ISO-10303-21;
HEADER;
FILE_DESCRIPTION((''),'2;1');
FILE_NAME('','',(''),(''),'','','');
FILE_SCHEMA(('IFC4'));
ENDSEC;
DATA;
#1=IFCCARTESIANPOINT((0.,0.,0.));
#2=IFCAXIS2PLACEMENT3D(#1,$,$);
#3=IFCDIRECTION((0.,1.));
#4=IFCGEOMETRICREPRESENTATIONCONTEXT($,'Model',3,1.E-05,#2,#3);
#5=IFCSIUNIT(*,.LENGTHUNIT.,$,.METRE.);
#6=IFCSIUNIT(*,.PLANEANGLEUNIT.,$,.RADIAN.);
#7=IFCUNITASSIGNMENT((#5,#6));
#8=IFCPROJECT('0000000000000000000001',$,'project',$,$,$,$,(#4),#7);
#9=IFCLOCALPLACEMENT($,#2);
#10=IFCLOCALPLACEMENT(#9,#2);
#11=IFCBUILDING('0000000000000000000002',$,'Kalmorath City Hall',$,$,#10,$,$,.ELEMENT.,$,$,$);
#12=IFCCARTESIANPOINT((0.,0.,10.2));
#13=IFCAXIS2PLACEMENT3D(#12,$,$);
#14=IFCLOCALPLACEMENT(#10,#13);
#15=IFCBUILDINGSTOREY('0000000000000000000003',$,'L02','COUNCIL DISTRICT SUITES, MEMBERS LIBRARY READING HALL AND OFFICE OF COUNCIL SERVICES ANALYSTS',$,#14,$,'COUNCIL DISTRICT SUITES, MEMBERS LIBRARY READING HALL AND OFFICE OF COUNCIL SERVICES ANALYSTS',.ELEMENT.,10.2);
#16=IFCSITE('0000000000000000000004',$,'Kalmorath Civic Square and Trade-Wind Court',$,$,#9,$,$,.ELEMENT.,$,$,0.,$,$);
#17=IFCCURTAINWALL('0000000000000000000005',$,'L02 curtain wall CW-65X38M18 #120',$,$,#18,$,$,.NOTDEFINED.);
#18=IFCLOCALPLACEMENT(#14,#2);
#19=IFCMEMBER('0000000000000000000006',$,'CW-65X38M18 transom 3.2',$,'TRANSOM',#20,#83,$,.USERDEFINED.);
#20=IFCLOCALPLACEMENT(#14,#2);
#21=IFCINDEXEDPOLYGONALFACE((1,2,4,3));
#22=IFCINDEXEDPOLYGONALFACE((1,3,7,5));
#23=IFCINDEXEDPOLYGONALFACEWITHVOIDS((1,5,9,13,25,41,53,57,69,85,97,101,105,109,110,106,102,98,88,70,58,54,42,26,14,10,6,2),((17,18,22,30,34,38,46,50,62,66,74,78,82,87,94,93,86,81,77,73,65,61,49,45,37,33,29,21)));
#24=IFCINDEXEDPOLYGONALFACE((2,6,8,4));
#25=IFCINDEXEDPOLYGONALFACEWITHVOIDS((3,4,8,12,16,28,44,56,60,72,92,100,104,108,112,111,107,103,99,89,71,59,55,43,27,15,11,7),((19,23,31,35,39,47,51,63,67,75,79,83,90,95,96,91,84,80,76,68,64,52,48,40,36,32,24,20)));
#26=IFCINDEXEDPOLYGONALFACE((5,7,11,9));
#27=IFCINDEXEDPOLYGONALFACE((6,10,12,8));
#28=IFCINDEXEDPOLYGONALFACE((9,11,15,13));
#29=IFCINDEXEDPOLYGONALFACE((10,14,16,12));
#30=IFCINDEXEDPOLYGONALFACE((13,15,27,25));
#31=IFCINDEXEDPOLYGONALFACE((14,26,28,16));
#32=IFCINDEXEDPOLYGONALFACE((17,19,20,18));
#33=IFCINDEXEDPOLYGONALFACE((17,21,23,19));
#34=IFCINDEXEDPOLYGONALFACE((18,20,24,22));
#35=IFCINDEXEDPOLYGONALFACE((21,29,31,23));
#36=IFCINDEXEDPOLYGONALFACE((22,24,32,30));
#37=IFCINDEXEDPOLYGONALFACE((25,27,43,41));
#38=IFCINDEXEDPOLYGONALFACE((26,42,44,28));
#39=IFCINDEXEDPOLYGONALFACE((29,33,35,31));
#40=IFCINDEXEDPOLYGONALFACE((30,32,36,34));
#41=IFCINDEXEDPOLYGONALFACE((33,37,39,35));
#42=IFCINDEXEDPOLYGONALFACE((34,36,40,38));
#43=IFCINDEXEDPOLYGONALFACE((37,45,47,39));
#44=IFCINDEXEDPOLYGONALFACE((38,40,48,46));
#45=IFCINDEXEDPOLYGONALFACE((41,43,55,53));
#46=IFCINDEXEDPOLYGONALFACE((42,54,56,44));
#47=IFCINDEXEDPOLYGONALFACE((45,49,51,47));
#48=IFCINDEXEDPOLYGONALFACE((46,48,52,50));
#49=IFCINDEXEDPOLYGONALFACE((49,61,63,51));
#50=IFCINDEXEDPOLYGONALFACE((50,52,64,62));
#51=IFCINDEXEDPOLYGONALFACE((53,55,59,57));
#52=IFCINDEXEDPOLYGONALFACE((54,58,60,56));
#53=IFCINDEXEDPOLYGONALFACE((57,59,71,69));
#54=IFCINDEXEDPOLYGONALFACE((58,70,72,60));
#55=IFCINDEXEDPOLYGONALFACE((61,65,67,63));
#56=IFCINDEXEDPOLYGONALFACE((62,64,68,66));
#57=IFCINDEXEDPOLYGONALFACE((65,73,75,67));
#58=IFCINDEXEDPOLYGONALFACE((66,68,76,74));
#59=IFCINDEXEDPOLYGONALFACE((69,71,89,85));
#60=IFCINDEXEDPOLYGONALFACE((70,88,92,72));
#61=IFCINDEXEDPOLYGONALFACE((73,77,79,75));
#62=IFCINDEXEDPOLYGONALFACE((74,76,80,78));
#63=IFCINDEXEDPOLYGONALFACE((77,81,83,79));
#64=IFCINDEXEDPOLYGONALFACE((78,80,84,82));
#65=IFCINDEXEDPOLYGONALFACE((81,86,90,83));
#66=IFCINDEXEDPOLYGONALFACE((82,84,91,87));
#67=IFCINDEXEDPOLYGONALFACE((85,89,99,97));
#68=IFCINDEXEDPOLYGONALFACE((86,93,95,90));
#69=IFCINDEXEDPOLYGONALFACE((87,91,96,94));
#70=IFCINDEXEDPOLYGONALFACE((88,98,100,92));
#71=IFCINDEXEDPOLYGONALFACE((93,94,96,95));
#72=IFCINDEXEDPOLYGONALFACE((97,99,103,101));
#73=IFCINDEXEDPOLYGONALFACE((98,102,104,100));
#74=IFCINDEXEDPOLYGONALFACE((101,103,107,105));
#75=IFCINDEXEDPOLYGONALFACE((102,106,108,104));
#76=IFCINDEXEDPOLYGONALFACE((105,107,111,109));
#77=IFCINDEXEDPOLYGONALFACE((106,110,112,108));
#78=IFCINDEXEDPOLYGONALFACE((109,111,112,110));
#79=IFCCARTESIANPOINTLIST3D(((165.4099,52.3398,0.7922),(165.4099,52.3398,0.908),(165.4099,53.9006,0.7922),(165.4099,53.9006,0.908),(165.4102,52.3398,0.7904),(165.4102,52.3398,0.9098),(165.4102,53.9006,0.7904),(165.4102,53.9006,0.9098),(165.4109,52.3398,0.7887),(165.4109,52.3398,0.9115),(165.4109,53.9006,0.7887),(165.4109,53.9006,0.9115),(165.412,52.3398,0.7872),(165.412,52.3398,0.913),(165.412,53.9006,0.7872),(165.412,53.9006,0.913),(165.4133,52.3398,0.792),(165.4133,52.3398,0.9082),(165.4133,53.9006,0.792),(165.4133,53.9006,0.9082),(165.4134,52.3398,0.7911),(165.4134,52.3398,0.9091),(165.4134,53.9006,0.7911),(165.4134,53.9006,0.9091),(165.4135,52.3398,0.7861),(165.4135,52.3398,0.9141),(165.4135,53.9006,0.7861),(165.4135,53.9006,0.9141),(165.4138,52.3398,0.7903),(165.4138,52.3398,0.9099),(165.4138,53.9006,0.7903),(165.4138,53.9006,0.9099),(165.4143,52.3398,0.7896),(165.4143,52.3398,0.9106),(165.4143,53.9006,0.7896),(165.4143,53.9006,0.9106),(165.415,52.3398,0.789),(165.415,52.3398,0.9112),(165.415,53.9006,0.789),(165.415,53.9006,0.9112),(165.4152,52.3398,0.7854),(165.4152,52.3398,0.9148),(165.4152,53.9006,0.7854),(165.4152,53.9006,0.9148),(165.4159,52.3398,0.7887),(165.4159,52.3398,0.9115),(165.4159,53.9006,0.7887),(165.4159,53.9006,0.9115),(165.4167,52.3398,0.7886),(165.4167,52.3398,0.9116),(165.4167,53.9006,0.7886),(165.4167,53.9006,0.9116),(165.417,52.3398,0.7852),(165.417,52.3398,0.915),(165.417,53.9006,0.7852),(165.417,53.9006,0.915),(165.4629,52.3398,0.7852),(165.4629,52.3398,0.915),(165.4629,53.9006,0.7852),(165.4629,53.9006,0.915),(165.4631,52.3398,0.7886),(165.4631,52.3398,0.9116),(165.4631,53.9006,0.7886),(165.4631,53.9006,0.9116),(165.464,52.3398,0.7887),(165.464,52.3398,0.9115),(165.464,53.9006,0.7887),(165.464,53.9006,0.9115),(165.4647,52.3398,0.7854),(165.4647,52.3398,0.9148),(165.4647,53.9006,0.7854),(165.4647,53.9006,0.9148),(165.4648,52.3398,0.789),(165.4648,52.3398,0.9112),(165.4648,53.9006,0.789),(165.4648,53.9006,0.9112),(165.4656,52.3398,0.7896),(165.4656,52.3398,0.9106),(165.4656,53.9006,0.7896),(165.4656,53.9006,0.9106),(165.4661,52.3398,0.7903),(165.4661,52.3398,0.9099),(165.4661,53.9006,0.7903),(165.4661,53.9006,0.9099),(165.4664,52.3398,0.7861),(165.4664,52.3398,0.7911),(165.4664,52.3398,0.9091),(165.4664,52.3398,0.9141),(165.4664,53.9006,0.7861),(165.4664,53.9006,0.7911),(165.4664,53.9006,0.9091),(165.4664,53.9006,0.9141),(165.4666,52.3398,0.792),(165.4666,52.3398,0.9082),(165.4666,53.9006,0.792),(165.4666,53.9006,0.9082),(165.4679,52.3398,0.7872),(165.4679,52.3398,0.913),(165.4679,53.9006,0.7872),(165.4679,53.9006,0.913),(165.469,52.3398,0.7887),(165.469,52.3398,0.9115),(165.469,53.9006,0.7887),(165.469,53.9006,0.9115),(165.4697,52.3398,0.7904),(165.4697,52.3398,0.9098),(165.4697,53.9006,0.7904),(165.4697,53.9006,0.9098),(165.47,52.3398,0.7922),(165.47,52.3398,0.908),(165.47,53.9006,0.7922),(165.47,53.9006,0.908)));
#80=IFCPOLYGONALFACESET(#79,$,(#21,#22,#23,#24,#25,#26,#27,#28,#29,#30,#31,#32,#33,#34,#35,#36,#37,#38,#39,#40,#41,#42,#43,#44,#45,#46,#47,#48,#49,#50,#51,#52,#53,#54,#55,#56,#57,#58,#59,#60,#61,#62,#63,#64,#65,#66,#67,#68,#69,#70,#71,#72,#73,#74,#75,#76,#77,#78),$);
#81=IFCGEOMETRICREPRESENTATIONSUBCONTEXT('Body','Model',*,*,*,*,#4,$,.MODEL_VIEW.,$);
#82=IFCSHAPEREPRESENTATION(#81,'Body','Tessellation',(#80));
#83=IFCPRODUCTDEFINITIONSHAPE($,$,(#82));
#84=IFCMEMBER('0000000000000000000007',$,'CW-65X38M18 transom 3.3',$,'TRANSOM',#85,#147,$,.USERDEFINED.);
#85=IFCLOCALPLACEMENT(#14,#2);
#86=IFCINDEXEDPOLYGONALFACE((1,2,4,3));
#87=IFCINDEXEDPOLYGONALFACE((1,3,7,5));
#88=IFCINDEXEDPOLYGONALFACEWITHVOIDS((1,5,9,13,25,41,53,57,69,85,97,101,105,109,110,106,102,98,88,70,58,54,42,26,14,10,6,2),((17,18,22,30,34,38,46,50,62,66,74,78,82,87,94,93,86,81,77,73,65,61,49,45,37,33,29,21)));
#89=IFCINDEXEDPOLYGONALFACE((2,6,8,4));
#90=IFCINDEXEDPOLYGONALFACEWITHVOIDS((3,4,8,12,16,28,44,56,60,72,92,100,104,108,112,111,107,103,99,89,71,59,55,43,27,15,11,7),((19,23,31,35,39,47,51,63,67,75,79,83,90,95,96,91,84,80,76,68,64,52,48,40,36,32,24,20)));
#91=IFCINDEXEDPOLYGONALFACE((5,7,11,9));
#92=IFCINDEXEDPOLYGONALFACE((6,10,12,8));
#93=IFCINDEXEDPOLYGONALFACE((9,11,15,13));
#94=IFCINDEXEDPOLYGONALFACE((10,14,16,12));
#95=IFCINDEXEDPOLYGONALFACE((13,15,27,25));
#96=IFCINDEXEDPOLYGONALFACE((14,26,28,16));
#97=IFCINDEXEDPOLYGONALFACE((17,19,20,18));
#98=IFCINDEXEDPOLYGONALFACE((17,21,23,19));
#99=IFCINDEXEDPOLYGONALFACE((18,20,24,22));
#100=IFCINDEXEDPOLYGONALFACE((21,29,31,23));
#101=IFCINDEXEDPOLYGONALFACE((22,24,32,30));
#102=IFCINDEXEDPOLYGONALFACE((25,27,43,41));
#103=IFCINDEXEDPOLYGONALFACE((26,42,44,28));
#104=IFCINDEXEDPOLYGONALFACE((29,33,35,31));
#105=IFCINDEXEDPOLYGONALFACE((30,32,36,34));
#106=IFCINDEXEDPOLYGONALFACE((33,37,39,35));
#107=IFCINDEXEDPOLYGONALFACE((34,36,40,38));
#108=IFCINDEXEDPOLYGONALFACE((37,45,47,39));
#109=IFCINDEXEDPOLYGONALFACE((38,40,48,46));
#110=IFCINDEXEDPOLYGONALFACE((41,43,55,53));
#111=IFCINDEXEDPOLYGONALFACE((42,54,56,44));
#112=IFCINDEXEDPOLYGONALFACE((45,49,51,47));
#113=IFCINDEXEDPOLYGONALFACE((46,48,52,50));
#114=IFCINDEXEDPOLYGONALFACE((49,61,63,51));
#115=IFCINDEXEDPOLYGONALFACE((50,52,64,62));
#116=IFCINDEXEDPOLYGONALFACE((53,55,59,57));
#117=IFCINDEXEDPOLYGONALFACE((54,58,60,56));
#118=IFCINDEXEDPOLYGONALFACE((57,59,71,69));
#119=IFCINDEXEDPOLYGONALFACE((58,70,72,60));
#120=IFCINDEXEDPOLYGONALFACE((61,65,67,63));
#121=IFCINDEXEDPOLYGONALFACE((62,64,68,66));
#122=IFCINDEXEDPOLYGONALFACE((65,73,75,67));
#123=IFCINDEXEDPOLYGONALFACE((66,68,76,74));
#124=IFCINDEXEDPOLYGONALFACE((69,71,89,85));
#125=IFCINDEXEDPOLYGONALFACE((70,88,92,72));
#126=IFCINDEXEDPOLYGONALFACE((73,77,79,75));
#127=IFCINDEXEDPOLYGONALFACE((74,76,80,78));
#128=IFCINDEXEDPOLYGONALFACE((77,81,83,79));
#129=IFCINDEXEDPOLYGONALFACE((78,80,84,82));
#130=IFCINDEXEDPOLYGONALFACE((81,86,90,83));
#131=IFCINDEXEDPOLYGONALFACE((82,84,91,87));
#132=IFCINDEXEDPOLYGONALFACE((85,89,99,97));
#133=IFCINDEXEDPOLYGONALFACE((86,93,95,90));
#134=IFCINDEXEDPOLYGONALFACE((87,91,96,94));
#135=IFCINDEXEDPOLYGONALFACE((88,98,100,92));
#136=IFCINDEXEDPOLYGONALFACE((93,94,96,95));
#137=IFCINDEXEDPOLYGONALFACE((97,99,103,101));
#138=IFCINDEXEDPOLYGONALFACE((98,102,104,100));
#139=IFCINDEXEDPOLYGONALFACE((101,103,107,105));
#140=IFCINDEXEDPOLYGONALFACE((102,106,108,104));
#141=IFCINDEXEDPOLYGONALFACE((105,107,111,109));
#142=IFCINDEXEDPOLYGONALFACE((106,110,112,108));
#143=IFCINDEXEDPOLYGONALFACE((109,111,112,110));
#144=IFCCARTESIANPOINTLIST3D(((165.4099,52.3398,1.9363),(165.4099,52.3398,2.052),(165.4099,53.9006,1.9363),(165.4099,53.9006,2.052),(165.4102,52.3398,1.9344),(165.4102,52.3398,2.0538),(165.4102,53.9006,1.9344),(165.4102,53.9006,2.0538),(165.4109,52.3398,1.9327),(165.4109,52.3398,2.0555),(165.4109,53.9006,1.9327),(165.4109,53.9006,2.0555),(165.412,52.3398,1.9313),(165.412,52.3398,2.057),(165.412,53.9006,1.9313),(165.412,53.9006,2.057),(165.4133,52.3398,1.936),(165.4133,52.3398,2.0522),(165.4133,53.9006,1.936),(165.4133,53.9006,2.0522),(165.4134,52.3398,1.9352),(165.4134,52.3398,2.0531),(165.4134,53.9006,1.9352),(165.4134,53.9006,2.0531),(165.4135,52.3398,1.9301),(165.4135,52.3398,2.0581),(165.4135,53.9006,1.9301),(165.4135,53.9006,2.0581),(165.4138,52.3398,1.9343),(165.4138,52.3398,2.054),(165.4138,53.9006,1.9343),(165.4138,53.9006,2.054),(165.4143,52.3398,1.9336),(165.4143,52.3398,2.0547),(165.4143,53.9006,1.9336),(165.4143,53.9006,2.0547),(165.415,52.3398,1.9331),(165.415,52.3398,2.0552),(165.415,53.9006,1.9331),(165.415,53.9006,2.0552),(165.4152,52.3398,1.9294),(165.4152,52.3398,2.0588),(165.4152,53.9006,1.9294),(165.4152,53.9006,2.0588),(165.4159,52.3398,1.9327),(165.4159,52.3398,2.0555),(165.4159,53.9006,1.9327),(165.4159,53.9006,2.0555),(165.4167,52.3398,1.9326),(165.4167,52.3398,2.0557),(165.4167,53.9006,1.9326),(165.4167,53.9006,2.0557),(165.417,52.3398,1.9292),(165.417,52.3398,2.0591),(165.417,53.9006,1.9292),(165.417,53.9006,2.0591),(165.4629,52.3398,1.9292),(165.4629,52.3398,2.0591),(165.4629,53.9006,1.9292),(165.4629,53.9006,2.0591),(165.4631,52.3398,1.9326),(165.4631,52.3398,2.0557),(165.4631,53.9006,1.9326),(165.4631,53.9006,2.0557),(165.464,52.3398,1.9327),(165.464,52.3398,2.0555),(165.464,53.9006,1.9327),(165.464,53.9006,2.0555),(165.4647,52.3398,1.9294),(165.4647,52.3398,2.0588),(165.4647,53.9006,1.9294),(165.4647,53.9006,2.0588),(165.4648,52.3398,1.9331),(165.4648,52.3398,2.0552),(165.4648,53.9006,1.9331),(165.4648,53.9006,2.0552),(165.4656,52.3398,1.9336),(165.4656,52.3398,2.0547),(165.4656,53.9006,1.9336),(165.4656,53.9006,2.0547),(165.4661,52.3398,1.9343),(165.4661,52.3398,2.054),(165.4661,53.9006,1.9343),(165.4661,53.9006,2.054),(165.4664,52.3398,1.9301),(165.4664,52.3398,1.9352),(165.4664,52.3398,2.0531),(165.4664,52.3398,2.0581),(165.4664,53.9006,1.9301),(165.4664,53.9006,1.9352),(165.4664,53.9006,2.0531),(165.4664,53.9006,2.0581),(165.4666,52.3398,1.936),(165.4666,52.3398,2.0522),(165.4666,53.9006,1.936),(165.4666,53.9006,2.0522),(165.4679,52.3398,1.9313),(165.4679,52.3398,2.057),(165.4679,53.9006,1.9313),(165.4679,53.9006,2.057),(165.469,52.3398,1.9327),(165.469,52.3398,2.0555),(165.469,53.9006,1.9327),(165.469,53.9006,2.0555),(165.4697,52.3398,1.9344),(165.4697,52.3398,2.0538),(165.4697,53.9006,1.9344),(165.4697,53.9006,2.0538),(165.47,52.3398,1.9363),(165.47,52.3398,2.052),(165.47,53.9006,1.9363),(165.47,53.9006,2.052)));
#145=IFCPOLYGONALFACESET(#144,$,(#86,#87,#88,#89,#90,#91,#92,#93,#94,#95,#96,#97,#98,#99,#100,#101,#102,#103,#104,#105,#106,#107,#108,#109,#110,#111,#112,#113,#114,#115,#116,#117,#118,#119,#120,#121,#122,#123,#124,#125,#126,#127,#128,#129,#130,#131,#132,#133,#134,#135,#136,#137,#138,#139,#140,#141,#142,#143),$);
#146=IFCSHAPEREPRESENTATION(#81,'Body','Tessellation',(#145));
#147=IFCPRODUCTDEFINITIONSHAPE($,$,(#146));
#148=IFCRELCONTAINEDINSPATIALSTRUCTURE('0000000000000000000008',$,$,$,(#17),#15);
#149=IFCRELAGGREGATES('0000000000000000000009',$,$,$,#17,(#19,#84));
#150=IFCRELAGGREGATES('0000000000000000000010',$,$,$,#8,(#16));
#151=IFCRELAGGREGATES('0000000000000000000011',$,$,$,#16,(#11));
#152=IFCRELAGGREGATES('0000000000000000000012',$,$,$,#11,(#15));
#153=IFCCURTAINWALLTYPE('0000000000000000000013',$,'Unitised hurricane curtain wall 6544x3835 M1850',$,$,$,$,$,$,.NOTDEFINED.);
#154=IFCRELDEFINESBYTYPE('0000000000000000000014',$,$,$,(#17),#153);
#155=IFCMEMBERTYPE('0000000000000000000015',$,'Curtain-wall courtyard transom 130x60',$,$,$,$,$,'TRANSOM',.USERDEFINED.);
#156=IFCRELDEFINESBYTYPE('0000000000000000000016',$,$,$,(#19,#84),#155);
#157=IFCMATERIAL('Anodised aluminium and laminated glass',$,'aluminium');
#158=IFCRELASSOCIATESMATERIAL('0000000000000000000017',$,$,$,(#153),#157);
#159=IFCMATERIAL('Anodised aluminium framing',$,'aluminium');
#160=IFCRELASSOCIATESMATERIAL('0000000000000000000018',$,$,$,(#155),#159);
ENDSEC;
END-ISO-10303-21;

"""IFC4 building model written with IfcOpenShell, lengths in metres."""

from ifc_helpers import new_model, si_unit, direction, frame, origin, origin_2d, place, context, subcontext, project, spatial, hollow_rectangle, extrude, material, material_profile, profile_set, type_object, element, aggregate, save


model = new_model("IFC4")

# Units and contexts
model_context = context("Model", 3, precision=1e-05, world=origin(), true_north=direction((0.0, 1.0)))
body_context = subcontext(model_context, "Body", "Model", "MODEL_VIEW")
ifc_project = project(units=[si_unit("LENGTHUNIT", "METRE"), si_unit("PLANEANGLEUNIT", "RADIAN")], contexts=[model_context])

# Site, building, storey
site_placement = place(None, origin())
site = spatial("IfcSite", under=ifc_project, at=site_placement, Name="Kalmorath Civic Square and Trade-Wind Court", CompositionType="ELEMENT", RefElevation=0.0)
building_placement = place(site_placement, origin())
building = spatial("IfcBuilding", under=site, at=building_placement, Name="Kalmorath City Hall", CompositionType="ELEMENT")
storey_placement = place(building_placement, frame((0.0, 0.0, 10.2)))
storey = spatial("IfcBuildingStorey", under=building, at=storey_placement, Name="L02", Description="COUNCIL DISTRICT SUITES, MEMBERS LIBRARY READING HALL AND OFFICE OF COUNCIL SERVICES ANALYSTS", LongName="COUNCIL DISTRICT SUITES, MEMBERS LIBRARY READING HALL AND OFFICE OF COUNCIL SERVICES ANALYSTS", CompositionType="ELEMENT", Elevation=10.2)

# Curtain wall, members
ifc_material_1 = material(Name="Anodised aluminium and laminated glass", Category="aluminium")
curtain_wall_type = type_object("IfcCurtainWallType", Name="Unitised hurricane curtain wall 6544x3835 M1850", PredefinedType="NOTDEFINED", material=ifc_material_1)
curtain_wall_placement = place(storey_placement, origin())
curtain_wall = element("IfcCurtainWall", 1, at=curtain_wall_placement, inside=storey, type_object=curtain_wall_type, Name="L02 curtain wall CW-65X38M18 #120", PredefinedType="NOTDEFINED")
ifc_material_2 = material(Name="Anodised aluminium framing", Category="aluminium")
ifc_material_profile_1 = material_profile(ifc_material_2, hollow_rectangle(XDim=0.0601, YDim=0.1299, WallThickness=0.0034, InnerFilletRadius=0.0034, OuterFilletRadius=0.0071, at=origin_2d()), Name="ALU-TRN-130X60X3.5")
ifc_profile_set_1 = profile_set([ifc_material_profile_1], Name="Anodised aluminium framing")
member_type_1 = type_object("IfcMemberType", Name="Curtain-wall courtyard transom 130x60", ElementType="TRANSOM", PredefinedType="USERDEFINED", material=ifc_profile_set_1)
member_1_placement = place(storey_placement, frame((165.4399, 53.9006, 0.8501), z_axis=(0.0, -1.0, 0.0), x_axis=(1.0, 0.0, 0.0)))
member_1 = element("IfcMember", 2, at=member_1_placement, type_object=member_type_1, Name="CW-65X38M18 transom 3.2", ObjectType="TRANSOM", PredefinedType="USERDEFINED", context=body_context, shape_type="SweptSolid", body=[
    extrude(hollow_rectangle(XDim=0.0601, YDim=0.1299, WallThickness=0.0034, InnerFilletRadius=0.0034, OuterFilletRadius=0.0071, at=origin_2d()), origin(), (0.0, 0.0, 1.0), 1.5608),
])
member_2_placement = place(storey_placement, frame((165.4399, 53.9006, 1.9941), z_axis=(0.0, -1.0, 0.0), x_axis=(1.0, 0.0, 0.0)))
member_2 = element("IfcMember", 3, at=member_2_placement, type_object=member_type_1, Name="CW-65X38M18 transom 3.3", ObjectType="TRANSOM", PredefinedType="USERDEFINED", context=body_context, shape_type="SweptSolid", body=[
    extrude(hollow_rectangle(XDim=0.0601, YDim=0.1299, WallThickness=0.0034, InnerFilletRadius=0.0034, OuterFilletRadius=0.0071, at=origin_2d()), origin(), (0.0, 0.0, 1.0), 1.5608),
])

aggregate(curtain_wall, [member_1, member_2])

save(model, "model.ifc")
